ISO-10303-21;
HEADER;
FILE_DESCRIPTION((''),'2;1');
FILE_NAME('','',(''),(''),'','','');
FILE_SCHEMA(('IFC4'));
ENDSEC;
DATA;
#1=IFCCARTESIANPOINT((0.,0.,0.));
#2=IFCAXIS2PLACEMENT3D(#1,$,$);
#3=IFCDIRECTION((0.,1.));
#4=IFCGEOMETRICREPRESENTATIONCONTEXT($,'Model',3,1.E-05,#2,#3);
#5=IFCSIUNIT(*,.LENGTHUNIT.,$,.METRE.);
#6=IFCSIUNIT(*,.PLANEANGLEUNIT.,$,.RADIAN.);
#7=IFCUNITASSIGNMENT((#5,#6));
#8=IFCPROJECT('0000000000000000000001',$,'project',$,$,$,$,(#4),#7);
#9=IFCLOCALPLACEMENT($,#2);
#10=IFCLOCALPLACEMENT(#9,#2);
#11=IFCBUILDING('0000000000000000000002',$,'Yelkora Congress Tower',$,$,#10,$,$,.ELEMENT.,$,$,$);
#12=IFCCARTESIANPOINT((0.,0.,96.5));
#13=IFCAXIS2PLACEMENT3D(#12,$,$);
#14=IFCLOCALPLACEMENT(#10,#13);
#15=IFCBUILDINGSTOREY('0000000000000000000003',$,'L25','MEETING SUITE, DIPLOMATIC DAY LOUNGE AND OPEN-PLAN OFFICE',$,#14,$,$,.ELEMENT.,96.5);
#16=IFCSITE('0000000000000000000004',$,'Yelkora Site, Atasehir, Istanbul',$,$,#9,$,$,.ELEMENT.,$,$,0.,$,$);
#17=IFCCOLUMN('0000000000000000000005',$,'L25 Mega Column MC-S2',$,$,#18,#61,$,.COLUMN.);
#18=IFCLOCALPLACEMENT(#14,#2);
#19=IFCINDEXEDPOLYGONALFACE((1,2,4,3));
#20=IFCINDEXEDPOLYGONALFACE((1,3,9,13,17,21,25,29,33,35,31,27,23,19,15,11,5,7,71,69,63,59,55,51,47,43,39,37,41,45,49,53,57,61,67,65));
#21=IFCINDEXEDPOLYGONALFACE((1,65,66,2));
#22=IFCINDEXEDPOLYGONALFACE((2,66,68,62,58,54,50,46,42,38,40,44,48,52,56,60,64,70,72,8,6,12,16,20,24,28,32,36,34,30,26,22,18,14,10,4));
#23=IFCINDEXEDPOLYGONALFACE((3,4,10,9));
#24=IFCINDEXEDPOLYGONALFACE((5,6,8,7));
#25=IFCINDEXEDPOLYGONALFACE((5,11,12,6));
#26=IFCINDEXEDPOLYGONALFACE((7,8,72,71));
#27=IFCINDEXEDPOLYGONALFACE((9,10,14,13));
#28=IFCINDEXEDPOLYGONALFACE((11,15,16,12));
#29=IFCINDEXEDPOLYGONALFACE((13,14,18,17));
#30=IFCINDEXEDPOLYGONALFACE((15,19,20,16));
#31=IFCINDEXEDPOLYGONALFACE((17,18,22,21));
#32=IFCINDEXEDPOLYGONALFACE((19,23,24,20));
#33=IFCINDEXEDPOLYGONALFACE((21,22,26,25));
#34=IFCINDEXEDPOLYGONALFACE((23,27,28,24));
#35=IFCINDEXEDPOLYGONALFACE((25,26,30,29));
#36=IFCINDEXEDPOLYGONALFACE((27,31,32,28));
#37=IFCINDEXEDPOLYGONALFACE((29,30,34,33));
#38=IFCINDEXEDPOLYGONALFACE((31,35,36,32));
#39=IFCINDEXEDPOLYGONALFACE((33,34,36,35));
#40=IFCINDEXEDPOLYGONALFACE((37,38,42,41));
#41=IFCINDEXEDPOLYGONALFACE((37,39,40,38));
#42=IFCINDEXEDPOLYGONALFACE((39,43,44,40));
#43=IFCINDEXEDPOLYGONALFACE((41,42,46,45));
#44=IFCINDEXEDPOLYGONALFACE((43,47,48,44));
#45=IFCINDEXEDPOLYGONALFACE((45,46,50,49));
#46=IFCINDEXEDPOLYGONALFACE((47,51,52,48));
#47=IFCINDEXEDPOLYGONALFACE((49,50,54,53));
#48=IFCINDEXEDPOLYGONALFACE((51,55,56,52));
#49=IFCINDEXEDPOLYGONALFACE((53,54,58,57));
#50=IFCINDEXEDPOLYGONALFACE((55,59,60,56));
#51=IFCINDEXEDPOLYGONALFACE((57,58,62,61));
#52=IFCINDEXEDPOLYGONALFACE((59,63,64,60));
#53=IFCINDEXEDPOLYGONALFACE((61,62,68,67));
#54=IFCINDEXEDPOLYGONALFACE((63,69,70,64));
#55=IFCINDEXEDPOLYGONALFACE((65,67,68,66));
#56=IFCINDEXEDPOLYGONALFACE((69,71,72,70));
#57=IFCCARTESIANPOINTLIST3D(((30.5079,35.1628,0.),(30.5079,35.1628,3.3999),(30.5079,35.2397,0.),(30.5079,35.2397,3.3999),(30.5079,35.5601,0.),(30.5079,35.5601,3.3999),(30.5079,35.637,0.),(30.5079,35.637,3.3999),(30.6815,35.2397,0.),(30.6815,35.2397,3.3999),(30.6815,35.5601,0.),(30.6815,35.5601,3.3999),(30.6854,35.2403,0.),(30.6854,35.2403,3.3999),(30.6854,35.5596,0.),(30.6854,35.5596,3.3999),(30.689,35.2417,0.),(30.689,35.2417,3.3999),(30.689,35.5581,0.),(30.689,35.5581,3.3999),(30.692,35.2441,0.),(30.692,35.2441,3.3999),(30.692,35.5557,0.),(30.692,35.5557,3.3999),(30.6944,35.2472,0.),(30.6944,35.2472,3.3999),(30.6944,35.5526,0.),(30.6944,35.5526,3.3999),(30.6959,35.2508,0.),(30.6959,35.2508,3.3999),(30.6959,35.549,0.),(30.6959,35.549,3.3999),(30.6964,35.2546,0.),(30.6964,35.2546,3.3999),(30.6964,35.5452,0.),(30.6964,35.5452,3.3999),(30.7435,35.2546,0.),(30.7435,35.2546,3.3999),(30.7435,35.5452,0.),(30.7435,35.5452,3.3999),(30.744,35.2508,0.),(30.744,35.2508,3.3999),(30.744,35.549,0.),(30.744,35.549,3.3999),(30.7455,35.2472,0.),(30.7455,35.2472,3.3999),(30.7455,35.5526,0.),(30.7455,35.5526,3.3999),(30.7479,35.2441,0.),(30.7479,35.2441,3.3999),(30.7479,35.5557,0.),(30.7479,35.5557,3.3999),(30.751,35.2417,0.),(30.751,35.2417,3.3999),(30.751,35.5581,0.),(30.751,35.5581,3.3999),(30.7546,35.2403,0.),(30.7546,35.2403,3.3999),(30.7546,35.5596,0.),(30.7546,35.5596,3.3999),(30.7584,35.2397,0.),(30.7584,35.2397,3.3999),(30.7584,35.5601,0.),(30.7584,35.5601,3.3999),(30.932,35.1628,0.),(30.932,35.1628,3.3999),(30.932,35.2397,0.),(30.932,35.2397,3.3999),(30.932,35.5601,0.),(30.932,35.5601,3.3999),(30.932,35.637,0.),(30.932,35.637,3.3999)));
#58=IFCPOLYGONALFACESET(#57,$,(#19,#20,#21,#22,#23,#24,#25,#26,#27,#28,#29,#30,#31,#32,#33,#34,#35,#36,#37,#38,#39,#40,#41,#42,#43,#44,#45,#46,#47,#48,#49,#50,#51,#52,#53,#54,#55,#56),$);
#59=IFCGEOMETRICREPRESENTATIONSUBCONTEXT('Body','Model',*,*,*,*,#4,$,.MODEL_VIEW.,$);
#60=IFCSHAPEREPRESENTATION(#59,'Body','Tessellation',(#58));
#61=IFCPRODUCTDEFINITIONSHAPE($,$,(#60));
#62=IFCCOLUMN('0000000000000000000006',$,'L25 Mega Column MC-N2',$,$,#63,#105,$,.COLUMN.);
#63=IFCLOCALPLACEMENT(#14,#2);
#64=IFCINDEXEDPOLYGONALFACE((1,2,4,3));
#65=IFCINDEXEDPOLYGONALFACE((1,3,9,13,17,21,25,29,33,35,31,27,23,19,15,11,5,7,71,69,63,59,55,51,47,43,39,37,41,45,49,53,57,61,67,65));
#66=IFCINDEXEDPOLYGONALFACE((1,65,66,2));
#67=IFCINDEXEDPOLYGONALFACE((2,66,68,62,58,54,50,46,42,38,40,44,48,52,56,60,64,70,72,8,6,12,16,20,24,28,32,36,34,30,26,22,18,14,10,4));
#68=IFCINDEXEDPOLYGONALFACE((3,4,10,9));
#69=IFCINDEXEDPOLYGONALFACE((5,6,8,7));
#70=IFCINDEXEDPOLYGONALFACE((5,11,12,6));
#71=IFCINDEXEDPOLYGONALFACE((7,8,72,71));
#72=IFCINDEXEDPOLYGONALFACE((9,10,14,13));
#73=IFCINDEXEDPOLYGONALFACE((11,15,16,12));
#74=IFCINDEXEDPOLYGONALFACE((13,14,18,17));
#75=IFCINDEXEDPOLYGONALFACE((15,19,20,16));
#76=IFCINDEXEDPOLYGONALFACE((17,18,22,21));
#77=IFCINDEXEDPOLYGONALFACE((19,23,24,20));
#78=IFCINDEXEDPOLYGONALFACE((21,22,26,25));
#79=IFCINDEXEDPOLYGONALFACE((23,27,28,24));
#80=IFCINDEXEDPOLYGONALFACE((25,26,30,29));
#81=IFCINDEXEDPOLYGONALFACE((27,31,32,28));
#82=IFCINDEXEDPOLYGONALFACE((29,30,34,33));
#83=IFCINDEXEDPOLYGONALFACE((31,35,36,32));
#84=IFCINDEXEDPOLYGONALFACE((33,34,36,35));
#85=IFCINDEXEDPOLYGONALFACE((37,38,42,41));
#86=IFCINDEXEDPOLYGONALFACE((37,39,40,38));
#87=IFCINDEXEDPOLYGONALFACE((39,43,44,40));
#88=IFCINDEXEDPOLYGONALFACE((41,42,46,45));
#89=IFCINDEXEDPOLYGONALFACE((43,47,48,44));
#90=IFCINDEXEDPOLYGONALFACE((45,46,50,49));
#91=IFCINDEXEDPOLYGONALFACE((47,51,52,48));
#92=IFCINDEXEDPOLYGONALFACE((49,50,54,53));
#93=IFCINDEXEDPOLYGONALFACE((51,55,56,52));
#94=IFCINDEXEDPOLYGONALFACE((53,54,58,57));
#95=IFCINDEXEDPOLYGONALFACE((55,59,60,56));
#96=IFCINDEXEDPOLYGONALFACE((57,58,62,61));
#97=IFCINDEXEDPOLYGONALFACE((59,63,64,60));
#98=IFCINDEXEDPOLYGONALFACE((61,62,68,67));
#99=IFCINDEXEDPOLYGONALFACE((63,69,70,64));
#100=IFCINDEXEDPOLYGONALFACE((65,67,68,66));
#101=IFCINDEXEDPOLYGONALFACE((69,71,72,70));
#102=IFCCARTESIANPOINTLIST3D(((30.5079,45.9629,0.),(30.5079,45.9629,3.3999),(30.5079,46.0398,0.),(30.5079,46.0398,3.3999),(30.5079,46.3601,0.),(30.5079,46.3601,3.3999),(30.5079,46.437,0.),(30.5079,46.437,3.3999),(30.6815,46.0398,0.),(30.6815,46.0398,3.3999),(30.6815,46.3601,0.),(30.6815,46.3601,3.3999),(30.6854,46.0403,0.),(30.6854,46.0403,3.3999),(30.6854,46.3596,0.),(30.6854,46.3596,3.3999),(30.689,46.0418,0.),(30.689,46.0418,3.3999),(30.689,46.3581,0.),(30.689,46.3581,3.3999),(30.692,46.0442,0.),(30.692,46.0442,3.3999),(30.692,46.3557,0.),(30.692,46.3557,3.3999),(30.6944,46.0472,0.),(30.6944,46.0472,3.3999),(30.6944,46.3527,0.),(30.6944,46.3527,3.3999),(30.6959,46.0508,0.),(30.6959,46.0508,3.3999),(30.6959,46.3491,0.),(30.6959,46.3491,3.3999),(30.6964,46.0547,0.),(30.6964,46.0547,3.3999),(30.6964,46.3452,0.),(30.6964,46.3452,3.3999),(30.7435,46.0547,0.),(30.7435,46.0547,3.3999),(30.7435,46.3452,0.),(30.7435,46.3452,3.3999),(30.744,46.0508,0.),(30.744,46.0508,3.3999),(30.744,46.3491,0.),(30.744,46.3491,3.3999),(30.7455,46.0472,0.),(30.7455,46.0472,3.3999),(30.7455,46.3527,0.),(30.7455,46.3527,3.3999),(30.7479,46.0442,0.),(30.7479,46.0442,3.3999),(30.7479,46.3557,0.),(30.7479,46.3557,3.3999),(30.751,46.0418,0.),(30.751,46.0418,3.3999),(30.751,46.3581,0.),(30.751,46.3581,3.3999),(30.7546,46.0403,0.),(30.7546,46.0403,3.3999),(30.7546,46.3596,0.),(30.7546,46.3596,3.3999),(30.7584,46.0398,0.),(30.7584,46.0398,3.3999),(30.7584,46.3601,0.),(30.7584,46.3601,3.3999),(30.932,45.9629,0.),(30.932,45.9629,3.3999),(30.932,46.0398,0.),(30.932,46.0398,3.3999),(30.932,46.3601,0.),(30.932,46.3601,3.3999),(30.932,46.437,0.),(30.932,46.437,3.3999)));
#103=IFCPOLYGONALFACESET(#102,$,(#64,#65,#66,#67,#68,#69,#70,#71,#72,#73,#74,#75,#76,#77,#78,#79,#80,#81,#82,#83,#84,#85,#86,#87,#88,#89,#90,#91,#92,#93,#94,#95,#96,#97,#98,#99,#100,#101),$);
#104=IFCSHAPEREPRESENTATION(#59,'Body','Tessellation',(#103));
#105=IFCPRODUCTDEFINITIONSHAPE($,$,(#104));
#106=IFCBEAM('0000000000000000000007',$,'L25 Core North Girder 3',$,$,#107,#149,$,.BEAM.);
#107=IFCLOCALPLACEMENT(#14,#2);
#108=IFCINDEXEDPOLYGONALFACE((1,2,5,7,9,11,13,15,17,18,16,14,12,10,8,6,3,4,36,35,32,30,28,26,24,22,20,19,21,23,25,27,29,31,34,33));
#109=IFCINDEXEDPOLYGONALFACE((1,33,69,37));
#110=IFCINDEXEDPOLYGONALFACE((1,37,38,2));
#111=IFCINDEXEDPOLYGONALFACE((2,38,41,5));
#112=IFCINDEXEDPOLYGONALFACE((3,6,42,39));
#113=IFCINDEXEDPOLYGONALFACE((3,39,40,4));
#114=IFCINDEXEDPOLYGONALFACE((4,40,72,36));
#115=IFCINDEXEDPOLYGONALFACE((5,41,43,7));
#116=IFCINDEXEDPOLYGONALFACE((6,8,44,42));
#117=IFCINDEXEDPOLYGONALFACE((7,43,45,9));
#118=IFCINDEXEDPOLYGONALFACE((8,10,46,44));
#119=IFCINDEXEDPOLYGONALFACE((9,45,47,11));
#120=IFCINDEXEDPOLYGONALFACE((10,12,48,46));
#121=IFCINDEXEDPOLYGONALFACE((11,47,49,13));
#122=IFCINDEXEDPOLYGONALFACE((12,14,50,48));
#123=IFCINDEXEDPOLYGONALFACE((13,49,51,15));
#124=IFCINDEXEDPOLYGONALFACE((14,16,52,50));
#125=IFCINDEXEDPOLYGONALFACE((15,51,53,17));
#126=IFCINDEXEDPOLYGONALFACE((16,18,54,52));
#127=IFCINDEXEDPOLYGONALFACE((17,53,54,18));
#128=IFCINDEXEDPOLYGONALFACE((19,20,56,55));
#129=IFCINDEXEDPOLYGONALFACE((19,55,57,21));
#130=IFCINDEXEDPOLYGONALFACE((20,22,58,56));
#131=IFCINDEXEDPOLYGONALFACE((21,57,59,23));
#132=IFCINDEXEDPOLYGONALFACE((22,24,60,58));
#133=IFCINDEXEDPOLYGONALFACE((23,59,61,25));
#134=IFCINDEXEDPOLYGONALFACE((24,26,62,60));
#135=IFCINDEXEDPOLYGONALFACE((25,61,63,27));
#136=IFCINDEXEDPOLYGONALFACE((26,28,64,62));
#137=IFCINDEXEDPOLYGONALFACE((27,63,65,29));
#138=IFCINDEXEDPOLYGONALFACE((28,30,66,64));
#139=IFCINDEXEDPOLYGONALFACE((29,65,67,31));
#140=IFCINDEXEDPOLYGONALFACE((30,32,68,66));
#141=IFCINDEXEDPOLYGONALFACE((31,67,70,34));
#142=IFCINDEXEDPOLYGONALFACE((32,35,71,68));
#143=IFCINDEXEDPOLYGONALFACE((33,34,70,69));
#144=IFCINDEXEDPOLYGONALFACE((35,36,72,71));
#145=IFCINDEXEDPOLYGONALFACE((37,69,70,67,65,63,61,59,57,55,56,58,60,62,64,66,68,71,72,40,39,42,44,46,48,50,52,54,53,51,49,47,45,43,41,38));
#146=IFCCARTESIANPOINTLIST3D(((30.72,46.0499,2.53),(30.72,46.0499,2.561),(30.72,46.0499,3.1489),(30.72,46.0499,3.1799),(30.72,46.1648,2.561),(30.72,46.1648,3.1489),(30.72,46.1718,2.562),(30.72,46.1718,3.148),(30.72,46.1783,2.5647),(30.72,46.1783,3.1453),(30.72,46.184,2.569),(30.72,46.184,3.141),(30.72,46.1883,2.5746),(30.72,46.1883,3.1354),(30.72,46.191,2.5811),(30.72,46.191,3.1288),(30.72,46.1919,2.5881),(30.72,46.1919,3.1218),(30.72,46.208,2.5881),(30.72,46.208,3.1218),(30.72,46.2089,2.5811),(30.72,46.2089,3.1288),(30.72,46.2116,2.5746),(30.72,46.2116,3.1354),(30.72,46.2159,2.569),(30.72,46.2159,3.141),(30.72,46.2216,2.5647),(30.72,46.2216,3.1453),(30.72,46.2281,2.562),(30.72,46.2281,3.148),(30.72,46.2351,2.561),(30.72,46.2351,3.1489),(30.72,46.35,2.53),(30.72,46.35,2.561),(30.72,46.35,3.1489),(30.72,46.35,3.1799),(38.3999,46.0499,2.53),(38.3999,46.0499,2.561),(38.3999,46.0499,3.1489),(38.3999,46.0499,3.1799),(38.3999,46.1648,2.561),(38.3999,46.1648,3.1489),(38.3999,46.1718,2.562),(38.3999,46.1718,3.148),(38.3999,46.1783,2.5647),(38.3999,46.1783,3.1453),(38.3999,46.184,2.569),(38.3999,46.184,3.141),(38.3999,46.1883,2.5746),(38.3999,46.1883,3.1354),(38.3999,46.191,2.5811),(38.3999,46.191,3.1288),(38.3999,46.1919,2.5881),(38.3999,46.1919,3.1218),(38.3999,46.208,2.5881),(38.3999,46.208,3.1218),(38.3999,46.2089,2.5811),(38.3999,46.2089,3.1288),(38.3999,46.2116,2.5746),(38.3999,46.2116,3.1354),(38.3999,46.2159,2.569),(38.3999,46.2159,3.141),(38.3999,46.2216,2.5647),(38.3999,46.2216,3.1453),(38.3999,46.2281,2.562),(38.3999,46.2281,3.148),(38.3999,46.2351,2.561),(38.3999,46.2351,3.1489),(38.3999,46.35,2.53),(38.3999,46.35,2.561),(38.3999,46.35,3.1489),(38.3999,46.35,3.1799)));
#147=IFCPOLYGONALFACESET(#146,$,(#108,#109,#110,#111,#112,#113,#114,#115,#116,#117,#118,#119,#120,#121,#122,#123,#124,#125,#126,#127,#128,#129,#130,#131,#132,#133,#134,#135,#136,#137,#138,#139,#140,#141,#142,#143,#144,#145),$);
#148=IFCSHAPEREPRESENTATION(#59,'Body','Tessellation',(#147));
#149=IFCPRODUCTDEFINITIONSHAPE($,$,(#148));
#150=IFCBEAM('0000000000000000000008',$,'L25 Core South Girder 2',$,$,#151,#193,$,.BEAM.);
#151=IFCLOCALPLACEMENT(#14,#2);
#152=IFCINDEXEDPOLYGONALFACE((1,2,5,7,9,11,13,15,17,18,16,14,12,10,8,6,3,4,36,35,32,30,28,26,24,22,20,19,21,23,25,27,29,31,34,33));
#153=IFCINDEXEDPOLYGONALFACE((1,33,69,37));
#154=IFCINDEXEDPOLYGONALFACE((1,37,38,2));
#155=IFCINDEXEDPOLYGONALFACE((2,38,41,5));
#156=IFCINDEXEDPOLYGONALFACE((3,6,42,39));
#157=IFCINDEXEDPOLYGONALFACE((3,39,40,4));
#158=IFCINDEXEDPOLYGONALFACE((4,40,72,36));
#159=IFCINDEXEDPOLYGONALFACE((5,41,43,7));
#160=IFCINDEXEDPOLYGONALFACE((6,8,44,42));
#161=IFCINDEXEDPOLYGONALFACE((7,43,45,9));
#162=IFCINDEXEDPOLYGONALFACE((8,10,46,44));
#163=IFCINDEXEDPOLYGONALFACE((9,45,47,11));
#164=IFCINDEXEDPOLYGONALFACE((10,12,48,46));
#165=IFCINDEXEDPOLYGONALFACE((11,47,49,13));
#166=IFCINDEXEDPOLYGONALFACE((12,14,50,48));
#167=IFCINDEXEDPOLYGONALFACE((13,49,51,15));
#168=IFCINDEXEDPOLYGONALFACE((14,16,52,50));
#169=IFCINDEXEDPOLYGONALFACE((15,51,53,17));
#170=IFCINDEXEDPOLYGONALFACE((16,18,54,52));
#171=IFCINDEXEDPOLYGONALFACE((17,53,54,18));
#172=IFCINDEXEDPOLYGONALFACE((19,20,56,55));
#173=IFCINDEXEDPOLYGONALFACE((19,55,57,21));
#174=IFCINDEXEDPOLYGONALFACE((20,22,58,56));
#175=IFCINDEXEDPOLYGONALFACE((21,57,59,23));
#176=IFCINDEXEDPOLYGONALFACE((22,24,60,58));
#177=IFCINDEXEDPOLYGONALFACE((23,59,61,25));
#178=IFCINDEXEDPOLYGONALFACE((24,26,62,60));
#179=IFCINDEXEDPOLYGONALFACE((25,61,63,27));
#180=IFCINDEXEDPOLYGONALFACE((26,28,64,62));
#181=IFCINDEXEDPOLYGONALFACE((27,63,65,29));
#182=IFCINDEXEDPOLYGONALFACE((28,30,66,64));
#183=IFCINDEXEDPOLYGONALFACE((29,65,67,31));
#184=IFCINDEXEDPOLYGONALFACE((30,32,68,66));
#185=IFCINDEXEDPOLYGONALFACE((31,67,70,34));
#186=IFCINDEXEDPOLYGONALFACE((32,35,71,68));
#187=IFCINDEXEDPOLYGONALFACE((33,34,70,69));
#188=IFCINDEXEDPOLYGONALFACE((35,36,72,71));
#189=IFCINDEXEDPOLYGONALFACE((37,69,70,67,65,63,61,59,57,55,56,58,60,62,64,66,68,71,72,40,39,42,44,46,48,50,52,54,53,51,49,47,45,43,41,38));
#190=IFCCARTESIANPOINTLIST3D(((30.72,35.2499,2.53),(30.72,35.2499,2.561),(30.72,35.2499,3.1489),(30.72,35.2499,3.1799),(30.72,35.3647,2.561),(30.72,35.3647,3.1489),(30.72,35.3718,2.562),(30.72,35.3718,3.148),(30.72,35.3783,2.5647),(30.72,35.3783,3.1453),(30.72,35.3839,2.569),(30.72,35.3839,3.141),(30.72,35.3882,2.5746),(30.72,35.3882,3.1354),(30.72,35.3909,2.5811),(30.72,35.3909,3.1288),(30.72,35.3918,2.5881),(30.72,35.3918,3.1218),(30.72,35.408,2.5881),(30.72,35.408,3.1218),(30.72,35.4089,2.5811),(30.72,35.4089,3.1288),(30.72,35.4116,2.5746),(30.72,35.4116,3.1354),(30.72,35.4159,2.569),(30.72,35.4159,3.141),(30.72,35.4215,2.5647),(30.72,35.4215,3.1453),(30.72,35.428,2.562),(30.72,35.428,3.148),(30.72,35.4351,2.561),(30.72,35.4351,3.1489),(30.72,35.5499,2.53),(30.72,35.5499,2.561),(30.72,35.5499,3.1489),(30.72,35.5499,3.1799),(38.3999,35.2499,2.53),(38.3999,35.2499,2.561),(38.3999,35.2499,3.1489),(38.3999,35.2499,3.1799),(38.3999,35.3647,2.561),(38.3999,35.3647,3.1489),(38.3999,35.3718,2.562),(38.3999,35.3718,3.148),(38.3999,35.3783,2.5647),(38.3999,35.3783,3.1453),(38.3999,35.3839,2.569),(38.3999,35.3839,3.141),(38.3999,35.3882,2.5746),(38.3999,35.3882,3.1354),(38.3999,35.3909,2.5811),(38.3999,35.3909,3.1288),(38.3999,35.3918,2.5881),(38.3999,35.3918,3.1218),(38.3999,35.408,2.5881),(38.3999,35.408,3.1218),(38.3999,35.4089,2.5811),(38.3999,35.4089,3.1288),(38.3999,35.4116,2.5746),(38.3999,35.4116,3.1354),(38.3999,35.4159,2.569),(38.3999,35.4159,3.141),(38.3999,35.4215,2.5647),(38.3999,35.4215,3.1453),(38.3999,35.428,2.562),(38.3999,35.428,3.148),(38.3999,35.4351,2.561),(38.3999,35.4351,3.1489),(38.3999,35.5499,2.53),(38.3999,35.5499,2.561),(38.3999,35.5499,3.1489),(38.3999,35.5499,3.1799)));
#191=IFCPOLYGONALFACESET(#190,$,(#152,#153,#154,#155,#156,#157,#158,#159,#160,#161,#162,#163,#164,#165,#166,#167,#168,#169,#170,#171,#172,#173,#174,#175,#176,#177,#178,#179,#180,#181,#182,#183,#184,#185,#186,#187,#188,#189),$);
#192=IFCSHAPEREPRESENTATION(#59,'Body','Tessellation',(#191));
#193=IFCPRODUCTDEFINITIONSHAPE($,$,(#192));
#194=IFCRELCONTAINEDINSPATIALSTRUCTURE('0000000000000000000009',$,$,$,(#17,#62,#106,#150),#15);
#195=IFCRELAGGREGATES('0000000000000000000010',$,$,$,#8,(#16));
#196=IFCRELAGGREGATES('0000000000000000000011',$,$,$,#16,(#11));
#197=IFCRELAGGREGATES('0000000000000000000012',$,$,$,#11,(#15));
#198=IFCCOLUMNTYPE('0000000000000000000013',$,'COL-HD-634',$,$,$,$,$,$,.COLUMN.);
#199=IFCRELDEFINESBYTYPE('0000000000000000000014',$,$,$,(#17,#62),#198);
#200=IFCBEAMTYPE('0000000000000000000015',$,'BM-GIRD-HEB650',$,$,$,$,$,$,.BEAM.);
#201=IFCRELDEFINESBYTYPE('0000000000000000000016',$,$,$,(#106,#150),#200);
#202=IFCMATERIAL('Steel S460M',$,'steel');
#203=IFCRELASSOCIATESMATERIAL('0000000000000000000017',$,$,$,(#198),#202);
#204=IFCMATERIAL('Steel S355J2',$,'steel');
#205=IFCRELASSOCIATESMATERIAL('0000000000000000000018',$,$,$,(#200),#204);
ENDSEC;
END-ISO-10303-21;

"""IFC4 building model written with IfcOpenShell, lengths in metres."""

from ifc_helpers import new_model, si_unit, direction, frame, origin, origin_2d, place, context, subcontext, project, spatial, i_section, extrude, material, material_profile, profile_set, type_object, element, save


model = new_model("IFC4")

# Units and contexts
model_context = context("Model", 3, precision=1e-05, world=origin(), true_north=direction((0.0, 1.0)))
body_context = subcontext(model_context, "Body", "Model", "MODEL_VIEW")
ifc_project = project(units=[si_unit("LENGTHUNIT", "METRE"), si_unit("PLANEANGLEUNIT", "RADIAN")], contexts=[model_context])

# Site, building, storey
site_placement = place(None, origin())
site = spatial("IfcSite", under=ifc_project, at=site_placement, Name="Yelkora Site, Atasehir, Istanbul", CompositionType="ELEMENT", RefElevation=0.0)
building_placement = place(site_placement, origin())
building = spatial("IfcBuilding", under=site, at=building_placement, Name="Yelkora Congress Tower", CompositionType="ELEMENT")
storey_placement = place(building_placement, frame((0.0, 0.0, 96.5)))
storey = spatial("IfcBuildingStorey", under=building, at=storey_placement, Name="L25", Description="MEETING SUITE, DIPLOMATIC DAY LOUNGE AND OPEN-PLAN OFFICE", CompositionType="ELEMENT", Elevation=96.5)

# Columns
ifc_material_1 = material(Name="Steel S460M", Category="steel")
ifc_material_profile_1 = material_profile(ifc_material_1, i_section(OverallWidth=0.4241, OverallDepth=0.4741, WebThickness=0.0471, FlangeThickness=0.0769, FilletRadius=0.0149, at=origin_2d()), Name="HD 400x634")
ifc_profile_set_1 = profile_set([ifc_material_profile_1], Name="Steel S460M")
column_type = type_object("IfcColumnType", Name="COL-HD-634", PredefinedType="COLUMN", material=ifc_profile_set_1)
for number, where, z_axis, x_axis, name in (
    (1, (30.72, 35.3999, 0.0), (0.0, 0.0, 1.0), (1.0, 0.0, 0.0), "L25 Mega Column MC-S2"),
    (2, (30.72, 46.2, 0.0), (0.0, 0.0, 1.0), (1.0, 0.0, 0.0), "L25 Mega Column MC-N2"),
):
    element("IfcColumn", number, at=place(storey_placement, frame(where, z_axis=z_axis, x_axis=x_axis)), inside=storey, type_object=column_type, Name=name, PredefinedType="COLUMN", context=body_context, shape_type="SweptSolid", body=[
        extrude(i_section(OverallWidth=0.4241, OverallDepth=0.4741, WebThickness=0.0471, FlangeThickness=0.0769, FilletRadius=0.0149, at=origin_2d()), origin(), (0.0, 0.0, 1.0), 3.3999),
    ])

# Beams
ifc_material_2 = material(Name="Steel S355J2", Category="steel")
ifc_material_profile_2 = material_profile(ifc_material_2, i_section(OverallWidth=0.3, OverallDepth=0.6499, WebThickness=0.0161, FlangeThickness=0.031, FilletRadius=0.0271, at=origin_2d()), Name="HEB 650")
ifc_profile_set_2 = profile_set([ifc_material_profile_2], Name="Steel S355J2")
beam_type = type_object("IfcBeamType", Name="BM-GIRD-HEB650", PredefinedType="BEAM", material=ifc_profile_set_2)
for number, where, z_axis, x_axis, name in (
    (3, (30.72, 46.2, 2.855), (1.0, 0.0, 0.0), (0.0, 1.0, 0.0), "L25 Core North Girder 3"),
    (4, (30.72, 35.3999, 2.855), (1.0, 0.0, 0.0), (0.0, 1.0, 0.0), "L25 Core South Girder 2"),
):
    element("IfcBeam", number, at=place(storey_placement, frame(where, z_axis=z_axis, x_axis=x_axis)), inside=storey, type_object=beam_type, Name=name, PredefinedType="BEAM", context=body_context, shape_type="SweptSolid", body=[
        extrude(i_section(OverallWidth=0.3, OverallDepth=0.6499, WebThickness=0.0161, FlangeThickness=0.031, FilletRadius=0.0271, at=origin_2d()), origin(), (0.0, 0.0, 1.0), 7.6799),
    ])

save(model, "model.ifc")
